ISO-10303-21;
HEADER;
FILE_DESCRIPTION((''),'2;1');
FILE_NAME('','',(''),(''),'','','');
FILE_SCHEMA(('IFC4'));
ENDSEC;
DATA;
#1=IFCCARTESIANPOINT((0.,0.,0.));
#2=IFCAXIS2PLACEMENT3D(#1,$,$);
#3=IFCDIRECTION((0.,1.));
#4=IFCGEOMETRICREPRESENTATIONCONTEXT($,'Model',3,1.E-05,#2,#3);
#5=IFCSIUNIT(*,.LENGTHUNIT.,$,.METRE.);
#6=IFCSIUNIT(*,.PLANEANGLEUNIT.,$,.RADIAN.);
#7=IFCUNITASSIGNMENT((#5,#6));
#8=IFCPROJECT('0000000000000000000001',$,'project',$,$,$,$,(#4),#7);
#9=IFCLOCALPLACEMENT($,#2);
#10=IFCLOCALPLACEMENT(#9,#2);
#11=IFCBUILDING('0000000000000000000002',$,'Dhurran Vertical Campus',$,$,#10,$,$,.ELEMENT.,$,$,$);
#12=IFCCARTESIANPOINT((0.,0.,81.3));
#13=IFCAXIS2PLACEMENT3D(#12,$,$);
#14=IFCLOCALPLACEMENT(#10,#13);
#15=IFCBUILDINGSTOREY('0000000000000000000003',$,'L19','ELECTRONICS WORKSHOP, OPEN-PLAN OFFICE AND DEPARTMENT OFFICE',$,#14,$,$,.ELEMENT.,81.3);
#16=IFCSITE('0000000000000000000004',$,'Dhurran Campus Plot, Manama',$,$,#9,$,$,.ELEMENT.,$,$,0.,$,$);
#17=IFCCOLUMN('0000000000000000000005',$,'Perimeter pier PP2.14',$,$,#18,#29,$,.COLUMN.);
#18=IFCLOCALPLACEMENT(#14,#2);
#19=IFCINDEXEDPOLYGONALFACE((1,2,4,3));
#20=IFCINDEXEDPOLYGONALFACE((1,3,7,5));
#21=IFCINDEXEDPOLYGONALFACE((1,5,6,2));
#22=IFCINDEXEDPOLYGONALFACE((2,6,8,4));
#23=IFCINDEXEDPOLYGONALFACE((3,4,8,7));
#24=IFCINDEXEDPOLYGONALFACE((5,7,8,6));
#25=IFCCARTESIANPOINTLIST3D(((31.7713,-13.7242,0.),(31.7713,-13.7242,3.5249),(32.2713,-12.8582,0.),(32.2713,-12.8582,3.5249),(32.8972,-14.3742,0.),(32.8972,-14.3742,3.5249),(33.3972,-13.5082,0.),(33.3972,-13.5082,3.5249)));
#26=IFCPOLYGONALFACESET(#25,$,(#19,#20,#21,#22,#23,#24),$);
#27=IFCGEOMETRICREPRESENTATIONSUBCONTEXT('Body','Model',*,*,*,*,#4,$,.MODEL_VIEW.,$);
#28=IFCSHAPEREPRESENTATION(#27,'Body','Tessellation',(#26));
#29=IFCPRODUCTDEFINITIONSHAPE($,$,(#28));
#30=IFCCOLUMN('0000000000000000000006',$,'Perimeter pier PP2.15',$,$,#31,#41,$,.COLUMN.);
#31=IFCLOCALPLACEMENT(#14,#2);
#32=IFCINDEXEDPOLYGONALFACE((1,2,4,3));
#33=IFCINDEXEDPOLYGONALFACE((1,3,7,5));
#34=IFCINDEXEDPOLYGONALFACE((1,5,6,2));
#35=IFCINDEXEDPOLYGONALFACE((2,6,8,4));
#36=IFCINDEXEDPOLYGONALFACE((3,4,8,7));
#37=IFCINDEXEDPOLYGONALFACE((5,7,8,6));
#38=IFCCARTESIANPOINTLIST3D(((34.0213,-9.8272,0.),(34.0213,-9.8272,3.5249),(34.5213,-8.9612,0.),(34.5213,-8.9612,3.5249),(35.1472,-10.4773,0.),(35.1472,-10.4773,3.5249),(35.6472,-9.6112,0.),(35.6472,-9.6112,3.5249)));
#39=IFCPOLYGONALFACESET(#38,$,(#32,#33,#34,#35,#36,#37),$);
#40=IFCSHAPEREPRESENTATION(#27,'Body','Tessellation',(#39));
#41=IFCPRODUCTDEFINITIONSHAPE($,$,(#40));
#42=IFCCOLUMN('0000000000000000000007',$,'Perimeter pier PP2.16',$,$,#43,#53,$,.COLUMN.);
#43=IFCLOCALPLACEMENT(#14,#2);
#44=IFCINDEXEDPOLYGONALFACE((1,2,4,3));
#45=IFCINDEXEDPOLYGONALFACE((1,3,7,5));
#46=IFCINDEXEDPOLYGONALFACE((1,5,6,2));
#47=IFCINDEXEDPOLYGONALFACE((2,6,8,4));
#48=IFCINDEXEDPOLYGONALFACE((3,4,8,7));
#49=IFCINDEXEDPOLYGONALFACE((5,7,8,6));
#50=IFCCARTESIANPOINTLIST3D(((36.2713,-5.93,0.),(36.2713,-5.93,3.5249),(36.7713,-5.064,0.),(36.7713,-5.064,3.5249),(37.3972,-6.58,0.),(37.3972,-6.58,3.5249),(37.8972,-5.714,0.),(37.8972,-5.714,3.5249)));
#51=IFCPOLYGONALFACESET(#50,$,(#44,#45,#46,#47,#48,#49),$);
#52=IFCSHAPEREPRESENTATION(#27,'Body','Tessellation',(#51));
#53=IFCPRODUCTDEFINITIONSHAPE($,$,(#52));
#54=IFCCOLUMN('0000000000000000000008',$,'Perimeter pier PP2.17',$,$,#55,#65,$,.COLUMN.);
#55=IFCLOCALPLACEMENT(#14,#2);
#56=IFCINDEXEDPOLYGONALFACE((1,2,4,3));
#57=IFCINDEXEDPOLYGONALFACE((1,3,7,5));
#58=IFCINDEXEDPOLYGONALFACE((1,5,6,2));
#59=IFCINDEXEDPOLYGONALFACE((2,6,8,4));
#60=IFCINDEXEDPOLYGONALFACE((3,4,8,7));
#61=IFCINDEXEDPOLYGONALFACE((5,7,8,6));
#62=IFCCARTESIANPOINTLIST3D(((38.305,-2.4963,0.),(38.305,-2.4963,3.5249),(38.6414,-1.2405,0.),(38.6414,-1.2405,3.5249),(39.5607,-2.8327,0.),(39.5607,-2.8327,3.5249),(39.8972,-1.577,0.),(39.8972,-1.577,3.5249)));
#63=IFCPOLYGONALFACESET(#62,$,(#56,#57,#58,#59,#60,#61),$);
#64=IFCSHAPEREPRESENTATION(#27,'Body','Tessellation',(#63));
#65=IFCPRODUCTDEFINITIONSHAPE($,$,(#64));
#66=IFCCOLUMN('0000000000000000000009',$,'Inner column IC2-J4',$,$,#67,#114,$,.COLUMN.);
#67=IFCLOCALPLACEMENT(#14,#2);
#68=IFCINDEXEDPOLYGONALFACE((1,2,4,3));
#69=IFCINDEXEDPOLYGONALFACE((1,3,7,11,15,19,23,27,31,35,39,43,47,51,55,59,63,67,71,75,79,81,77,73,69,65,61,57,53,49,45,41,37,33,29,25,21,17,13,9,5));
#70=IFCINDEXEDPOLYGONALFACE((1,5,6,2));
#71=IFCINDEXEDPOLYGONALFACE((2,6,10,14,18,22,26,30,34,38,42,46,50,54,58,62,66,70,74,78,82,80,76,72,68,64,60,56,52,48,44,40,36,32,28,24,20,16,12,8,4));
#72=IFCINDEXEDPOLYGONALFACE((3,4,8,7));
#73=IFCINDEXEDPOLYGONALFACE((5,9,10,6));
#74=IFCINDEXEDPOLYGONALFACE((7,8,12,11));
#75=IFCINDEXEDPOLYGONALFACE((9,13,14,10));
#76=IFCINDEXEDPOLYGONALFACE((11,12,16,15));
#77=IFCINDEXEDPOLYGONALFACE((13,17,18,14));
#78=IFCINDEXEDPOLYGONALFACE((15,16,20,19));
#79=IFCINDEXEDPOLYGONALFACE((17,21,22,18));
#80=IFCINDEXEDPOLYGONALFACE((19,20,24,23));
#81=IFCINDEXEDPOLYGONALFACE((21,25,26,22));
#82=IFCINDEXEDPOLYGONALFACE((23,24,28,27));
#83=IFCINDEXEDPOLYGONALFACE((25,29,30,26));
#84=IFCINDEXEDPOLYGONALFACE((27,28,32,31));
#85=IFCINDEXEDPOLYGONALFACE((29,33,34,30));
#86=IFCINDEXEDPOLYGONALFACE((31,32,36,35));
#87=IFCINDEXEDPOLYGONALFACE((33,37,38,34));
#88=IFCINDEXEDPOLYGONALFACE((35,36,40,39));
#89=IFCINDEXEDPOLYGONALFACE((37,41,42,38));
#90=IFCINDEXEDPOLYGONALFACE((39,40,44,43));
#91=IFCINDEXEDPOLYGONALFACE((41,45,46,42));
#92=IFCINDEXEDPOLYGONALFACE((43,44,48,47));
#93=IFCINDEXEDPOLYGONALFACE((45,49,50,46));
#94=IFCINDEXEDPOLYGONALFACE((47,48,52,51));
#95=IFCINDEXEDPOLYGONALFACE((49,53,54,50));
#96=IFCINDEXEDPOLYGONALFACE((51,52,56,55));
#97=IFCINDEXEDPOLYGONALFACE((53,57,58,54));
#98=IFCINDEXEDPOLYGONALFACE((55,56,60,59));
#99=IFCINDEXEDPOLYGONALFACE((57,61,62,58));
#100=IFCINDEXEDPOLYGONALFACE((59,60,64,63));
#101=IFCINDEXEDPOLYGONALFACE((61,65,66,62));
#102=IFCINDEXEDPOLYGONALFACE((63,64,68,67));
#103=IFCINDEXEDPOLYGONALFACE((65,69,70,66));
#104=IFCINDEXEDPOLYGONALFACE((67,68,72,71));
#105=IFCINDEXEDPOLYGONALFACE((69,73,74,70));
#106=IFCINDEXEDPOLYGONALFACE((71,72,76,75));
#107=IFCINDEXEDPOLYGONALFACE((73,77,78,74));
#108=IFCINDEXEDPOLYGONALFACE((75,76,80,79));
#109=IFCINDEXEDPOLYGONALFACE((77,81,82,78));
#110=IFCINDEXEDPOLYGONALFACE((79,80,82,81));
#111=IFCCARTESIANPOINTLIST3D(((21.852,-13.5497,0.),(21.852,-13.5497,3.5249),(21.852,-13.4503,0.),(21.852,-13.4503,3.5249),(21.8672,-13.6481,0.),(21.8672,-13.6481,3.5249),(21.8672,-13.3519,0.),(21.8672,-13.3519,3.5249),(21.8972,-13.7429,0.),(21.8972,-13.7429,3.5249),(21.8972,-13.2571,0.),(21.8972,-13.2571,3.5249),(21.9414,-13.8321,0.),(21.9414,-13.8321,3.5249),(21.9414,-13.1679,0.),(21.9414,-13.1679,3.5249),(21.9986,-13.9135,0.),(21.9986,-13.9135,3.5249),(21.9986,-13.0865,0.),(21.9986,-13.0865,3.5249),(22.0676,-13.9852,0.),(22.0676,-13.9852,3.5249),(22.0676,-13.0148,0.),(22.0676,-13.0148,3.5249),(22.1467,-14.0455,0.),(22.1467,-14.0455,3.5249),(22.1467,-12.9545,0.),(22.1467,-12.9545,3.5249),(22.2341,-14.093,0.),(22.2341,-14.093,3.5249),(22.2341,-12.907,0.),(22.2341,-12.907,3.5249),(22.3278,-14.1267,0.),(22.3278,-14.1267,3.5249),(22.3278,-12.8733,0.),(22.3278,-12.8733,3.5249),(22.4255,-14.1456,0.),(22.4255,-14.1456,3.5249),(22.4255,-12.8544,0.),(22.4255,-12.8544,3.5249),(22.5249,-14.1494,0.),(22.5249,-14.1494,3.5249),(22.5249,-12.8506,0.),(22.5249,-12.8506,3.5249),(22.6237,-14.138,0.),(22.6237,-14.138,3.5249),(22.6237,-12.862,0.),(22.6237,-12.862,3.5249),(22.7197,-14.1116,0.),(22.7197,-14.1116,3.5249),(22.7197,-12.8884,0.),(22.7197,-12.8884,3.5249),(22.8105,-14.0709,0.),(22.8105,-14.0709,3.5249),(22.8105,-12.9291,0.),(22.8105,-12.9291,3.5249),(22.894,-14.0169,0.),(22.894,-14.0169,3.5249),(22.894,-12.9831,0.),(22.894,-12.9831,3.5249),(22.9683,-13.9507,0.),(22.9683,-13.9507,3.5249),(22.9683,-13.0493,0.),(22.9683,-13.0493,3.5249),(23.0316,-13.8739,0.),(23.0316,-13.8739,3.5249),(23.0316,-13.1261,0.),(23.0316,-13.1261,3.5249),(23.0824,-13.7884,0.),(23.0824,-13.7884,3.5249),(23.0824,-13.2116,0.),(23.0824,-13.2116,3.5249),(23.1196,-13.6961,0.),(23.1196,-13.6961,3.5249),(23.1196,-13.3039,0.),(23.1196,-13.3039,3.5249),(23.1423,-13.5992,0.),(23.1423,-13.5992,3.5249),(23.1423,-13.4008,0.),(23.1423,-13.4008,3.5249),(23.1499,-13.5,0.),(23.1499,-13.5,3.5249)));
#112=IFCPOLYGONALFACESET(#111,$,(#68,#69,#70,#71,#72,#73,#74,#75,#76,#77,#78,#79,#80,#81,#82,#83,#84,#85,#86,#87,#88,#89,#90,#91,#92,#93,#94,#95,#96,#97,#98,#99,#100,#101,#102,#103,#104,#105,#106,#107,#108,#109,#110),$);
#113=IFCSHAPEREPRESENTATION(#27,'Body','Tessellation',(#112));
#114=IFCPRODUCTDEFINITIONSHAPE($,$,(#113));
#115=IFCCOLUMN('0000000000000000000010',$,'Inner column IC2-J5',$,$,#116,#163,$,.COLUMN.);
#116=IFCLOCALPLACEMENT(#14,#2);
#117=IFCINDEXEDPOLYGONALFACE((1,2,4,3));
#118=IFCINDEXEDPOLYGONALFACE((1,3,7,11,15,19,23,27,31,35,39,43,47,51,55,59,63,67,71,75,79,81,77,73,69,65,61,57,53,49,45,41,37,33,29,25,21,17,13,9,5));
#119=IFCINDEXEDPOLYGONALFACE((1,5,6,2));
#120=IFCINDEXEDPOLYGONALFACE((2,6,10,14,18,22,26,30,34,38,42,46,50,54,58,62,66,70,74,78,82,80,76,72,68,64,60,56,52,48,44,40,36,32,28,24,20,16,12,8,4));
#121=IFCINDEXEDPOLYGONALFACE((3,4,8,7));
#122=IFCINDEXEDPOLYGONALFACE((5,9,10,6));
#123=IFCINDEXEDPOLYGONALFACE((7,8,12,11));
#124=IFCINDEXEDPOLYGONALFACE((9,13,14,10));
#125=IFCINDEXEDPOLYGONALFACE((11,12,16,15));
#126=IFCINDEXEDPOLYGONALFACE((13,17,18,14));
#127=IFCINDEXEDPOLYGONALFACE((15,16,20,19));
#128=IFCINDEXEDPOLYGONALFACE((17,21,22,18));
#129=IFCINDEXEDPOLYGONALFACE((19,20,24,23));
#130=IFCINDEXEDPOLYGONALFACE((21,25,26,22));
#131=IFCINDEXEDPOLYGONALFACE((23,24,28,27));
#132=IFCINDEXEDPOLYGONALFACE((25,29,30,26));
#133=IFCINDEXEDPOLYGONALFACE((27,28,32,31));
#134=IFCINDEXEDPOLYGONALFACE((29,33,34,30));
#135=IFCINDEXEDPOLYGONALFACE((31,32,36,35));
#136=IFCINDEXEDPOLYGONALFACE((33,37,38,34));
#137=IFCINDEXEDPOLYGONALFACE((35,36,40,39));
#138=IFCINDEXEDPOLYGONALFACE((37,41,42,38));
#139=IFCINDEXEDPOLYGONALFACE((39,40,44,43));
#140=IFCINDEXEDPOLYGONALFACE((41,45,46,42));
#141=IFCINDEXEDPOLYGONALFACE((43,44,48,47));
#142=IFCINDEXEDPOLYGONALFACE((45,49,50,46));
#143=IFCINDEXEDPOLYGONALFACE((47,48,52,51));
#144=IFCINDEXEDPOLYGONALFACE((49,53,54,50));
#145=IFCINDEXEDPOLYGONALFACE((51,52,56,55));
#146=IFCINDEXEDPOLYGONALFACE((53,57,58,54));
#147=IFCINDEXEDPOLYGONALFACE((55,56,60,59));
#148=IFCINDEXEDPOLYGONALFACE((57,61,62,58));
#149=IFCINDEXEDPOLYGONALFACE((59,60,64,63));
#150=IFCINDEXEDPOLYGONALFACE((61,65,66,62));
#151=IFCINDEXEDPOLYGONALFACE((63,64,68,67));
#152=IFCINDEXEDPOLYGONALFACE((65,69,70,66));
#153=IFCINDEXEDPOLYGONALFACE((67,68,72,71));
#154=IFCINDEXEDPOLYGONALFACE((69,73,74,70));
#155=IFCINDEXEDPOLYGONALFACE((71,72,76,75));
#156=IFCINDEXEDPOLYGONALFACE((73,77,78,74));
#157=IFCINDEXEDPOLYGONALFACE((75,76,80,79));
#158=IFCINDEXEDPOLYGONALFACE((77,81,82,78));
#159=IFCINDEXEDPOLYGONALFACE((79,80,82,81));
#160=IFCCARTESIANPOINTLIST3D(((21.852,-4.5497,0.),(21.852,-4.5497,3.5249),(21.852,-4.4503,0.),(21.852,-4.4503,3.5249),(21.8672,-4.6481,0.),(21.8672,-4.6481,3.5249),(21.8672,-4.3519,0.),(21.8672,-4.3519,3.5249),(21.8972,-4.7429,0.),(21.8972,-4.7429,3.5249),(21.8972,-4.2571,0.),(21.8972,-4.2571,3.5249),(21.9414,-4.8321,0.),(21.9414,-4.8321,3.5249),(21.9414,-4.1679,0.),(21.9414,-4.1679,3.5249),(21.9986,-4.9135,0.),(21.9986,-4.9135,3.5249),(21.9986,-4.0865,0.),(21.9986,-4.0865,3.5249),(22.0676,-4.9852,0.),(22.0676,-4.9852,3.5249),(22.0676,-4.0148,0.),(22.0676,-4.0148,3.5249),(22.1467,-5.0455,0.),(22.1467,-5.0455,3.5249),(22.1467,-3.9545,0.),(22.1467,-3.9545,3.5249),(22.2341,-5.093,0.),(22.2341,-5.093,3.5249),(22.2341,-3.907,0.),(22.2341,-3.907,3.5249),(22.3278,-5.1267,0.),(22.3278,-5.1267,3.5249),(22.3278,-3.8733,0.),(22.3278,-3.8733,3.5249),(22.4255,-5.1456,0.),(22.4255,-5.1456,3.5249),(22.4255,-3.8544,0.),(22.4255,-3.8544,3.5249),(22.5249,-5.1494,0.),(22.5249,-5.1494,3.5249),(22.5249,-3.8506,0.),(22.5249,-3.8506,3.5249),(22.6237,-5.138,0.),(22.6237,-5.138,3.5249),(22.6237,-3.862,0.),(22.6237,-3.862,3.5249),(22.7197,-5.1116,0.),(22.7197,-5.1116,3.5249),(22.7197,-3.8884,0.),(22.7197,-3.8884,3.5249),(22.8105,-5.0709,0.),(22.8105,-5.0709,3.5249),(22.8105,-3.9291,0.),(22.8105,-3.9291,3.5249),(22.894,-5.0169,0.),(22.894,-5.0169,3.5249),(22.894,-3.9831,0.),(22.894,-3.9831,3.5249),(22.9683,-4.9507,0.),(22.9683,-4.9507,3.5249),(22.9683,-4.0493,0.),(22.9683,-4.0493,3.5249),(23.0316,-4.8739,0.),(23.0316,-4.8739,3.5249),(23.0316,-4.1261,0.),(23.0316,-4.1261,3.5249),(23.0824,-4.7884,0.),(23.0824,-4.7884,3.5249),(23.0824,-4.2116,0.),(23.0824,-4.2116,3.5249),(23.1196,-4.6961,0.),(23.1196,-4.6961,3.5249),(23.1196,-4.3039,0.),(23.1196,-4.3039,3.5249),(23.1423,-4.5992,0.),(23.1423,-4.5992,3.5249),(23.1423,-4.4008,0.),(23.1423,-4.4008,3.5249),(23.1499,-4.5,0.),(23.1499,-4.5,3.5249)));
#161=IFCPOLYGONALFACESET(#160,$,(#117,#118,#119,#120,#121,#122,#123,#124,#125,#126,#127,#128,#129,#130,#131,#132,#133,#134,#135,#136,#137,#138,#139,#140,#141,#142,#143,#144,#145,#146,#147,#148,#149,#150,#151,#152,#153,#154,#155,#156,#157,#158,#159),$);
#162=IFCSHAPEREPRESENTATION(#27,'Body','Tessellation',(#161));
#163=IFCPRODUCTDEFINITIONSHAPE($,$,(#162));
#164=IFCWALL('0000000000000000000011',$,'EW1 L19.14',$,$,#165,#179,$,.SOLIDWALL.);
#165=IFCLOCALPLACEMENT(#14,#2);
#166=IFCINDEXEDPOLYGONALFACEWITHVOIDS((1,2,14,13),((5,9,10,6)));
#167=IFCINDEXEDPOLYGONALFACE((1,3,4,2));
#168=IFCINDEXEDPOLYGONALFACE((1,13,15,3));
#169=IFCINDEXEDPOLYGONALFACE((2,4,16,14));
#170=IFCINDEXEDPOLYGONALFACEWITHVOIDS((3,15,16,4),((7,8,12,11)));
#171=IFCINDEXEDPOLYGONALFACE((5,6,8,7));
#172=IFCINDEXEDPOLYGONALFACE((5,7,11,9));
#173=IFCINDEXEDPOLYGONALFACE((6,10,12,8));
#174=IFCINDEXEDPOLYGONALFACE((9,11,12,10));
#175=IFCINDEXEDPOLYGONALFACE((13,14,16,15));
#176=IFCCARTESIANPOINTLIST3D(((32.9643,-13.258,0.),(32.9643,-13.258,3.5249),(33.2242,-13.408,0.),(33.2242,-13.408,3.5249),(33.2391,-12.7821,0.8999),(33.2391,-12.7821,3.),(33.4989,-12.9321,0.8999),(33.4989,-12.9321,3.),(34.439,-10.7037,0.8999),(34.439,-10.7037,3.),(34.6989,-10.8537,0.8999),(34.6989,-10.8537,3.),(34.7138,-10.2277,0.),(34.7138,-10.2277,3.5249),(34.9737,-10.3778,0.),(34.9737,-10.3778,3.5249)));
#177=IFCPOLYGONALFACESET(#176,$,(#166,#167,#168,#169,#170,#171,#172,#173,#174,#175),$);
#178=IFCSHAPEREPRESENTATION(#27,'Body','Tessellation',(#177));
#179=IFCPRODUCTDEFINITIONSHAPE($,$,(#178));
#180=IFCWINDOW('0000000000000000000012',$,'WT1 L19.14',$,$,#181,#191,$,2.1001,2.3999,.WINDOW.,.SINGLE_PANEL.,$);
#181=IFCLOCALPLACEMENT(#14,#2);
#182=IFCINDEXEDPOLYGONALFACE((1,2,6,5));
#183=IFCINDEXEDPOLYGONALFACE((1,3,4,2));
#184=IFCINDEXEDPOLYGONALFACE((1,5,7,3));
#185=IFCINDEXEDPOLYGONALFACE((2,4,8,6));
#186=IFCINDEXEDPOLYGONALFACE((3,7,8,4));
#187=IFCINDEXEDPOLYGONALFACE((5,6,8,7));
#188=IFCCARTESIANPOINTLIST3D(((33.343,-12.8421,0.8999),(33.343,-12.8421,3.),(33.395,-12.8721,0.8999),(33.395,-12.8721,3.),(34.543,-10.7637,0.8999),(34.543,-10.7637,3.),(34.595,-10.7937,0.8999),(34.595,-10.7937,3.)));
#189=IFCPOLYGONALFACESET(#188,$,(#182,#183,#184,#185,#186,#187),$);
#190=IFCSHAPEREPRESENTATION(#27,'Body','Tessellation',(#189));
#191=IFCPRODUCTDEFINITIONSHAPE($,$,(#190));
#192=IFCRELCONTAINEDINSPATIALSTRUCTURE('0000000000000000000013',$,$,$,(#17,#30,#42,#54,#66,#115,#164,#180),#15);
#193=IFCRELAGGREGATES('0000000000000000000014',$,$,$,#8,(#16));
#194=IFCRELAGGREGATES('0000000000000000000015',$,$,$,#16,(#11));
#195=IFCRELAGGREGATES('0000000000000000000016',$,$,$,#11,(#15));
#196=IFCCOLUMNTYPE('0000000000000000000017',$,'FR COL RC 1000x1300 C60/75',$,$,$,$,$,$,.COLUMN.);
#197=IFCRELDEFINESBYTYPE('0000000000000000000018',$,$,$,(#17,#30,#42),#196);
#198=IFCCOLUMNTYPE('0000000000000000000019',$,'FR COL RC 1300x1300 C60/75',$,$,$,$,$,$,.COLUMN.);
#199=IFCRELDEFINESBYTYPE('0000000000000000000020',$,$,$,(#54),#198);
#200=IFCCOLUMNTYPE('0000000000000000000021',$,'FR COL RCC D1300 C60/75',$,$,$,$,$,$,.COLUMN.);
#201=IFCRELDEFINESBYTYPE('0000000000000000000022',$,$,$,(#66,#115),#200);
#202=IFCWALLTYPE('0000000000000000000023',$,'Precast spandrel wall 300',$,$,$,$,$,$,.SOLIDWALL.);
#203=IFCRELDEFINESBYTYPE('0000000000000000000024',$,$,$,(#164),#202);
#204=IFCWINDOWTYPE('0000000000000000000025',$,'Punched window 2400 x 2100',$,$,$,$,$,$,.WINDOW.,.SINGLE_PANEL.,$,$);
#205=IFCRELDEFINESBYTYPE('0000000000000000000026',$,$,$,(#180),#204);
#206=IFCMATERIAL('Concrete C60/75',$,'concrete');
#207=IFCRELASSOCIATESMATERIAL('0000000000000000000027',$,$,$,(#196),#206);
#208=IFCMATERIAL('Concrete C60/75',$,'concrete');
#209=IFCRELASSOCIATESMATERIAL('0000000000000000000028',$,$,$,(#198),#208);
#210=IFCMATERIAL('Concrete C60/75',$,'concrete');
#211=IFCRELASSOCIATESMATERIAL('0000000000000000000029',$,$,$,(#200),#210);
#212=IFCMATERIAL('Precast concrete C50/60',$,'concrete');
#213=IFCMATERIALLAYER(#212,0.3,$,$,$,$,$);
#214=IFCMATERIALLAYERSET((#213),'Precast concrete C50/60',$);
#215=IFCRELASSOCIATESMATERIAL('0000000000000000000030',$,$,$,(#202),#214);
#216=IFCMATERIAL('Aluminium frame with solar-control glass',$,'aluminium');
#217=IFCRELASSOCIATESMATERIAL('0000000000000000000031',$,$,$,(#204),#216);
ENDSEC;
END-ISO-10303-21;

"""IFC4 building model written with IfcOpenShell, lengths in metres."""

from ifc_helpers import new_model, si_unit, direction, frame, frame_2d, origin, origin_2d, place, context, subcontext, project, spatial, rectangle, circle, extrude, material, layer, layer_set, material_profile, profile_set, type_object, element, fill, save


model = new_model("IFC4")

# Units and contexts
model_context = context("Model", 3, precision=1e-05, world=origin(), true_north=direction((0.0, 1.0)))
body_context = subcontext(model_context, "Body", "Model", "MODEL_VIEW")
ifc_project = project(units=[si_unit("LENGTHUNIT", "METRE"), si_unit("PLANEANGLEUNIT", "RADIAN")], contexts=[model_context])

# Site, building, storey
site_placement = place(None, origin())
site = spatial("IfcSite", under=ifc_project, at=site_placement, Name="Dhurran Campus Plot, Manama", CompositionType="ELEMENT", RefElevation=0.0)
building_placement = place(site_placement, origin())
building = spatial("IfcBuilding", under=site, at=building_placement, Name="Dhurran Vertical Campus", CompositionType="ELEMENT")
storey_placement = place(building_placement, frame((0.0, 0.0, 81.3)))
storey = spatial("IfcBuildingStorey", under=building, at=storey_placement, Name="L19", Description="ELECTRONICS WORKSHOP, OPEN-PLAN OFFICE AND DEPARTMENT OFFICE", CompositionType="ELEMENT", Elevation=81.3)

# Columns
ifc_material_1 = material(Name="Concrete C60/75", Category="concrete")
ifc_material_profile_1 = material_profile(ifc_material_1, rectangle(XDim=1.0, YDim=1.3, at=origin_2d()), Name="RC 1000x1300")
ifc_profile_set_1 = profile_set([ifc_material_profile_1], Name="Concrete C60/75")
column_type_1 = type_object("IfcColumnType", Name="FR COL RC 1000x1300 C60/75", PredefinedType="COLUMN", material=ifc_profile_set_1)
for number, where, z_axis, x_axis, name in (
    (1, (32.5842, -13.6162, 0.0), (0.0, 0.0, 1.0), (0.5, 0.866025, 0.0), "Perimeter pier PP2.14"),
    (2, (34.8342, -9.7192, 0.0), (0.0, 0.0, 1.0), (0.5, 0.866025, 0.0), "Perimeter pier PP2.15"),
    (3, (37.0842, -5.822, 0.0), (0.0, 0.0, 1.0), (0.5, 0.866025, 0.0), "Perimeter pier PP2.16"),
):
    element("IfcColumn", number, at=place(storey_placement, frame(where, z_axis=z_axis, x_axis=x_axis)), inside=storey, type_object=column_type_1, Name=name, PredefinedType="COLUMN", context=body_context, shape_type="SweptSolid", body=[
        extrude(rectangle(XDim=1.0, YDim=1.3, at=origin_2d()), origin(), (0.0, 0.0, 1.0), 3.5249),
    ])
ifc_material_2 = material(Name="Concrete C60/75", Category="concrete")
ifc_material_profile_2 = material_profile(ifc_material_2, rectangle(XDim=1.3, YDim=1.3, at=origin_2d()), Name="RC 1300x1300")
ifc_profile_set_2 = profile_set([ifc_material_profile_2], Name="Concrete C60/75")
column_type_2 = type_object("IfcColumnType", Name="FR COL RC 1300x1300 C60/75", PredefinedType="COLUMN", material=ifc_profile_set_2)
column_placement = place(storey_placement, frame((39.1011, -2.0366, 0.0), z_axis=(0.0, 0.0, 1.0), x_axis=(0.258819, 0.965926, 0.0)))
element("IfcColumn", 4, at=column_placement, inside=storey, type_object=column_type_2, Name="Perimeter pier PP2.17", PredefinedType="COLUMN", context=body_context, shape_type="SweptSolid", body=[
    extrude(rectangle(XDim=1.3, YDim=1.3, at=origin_2d()), origin(), (0.0, 0.0, 1.0), 3.5249),
])
ifc_material_3 = material(Name="Concrete C60/75", Category="concrete")
ifc_material_profile_3 = material_profile(ifc_material_3, circle(Radius=0.6499, at=origin_2d()), Name="RCC D1300")
ifc_profile_set_3 = profile_set([ifc_material_profile_3], Name="Concrete C60/75")
column_type_3 = type_object("IfcColumnType", Name="FR COL RCC D1300 C60/75", PredefinedType="COLUMN", material=ifc_profile_set_3)
for number, where, z_axis, x_axis, name in (
    (5, (22.5, -13.5, 0.0), (0.0, 0.0, 1.0), (1.0, 0.0, 0.0), "Inner column IC2-J4"),
    (6, (22.5, -4.5, 0.0), (0.0, 0.0, 1.0), (1.0, 0.0, 0.0), "Inner column IC2-J5"),
):
    element("IfcColumn", number, at=place(storey_placement, frame(where, z_axis=z_axis, x_axis=x_axis)), inside=storey, type_object=column_type_3, Name=name, PredefinedType="COLUMN", context=body_context, shape_type="SweptSolid", body=[
        extrude(circle(Radius=0.6499, at=origin_2d()), origin(), (0.0, 0.0, 1.0), 3.5249),
    ])

# Wall, opening, window
ifc_material_4 = material(Name="Precast concrete C50/60", Category="concrete")
ifc_layer_1 = layer(ifc_material_4, 0.3)
ifc_layer_set_1 = layer_set([ifc_layer_1], Name="Precast concrete C50/60")
wall_type_1 = type_object("IfcWallType", Name="Precast spandrel wall 300", PredefinedType="SOLIDWALL", material=ifc_layer_set_1)
wall_1_placement = place(storey_placement, frame((33.0942, -13.333, 0.0), z_axis=(0.0, 0.0, 1.0), x_axis=(0.499996, 0.866028, 0.0)))
wall_1 = element("IfcWall", 7, at=wall_1_placement, inside=storey, type_object=wall_type_1, Name="EW1 L19.14", PredefinedType="SOLIDWALL", context=body_context, shape_type="SweptSolid", body=[
    extrude(rectangle(XDim=3.499, YDim=0.3, at=frame_2d((1.7495, 0.0))), origin(), (0.0, 0.0, 1.0), 3.5249),
])
opening_1_placement = place(wall_1_placement, frame((0.5496, 0.0, 0.8999)))
opening_1 = element("IfcOpeningElement", 8, at=opening_1_placement, cuts=wall_1, PredefinedType="OPENING", context=body_context, shape_type="SweptSolid", body=[
    extrude(rectangle(XDim=2.3999, YDim=2.1001, at=frame_2d((1.2, 1.05))), frame((0.0, 0.1599, 0.0), z_axis=(0.0, -1.0, 0.0), x_axis=(1.0, 0.0, 0.0)), (0.0, 0.0, 1.0), 0.3201),
])
ifc_material_5 = material(Name="Aluminium frame with solar-control glass", Category="aluminium")
window_type = type_object("IfcWindowType", Name="Punched window 2400 x 2100", PartitioningType="SINGLE_PANEL", PredefinedType="WINDOW", material=ifc_material_5)
window_1_placement = place(opening_1_placement, origin())
window_1 = element("IfcWindow", 9, at=window_1_placement, inside=storey, type_object=window_type, Name="WT1 L19.14", OverallHeight=2.1001, OverallWidth=2.3999, PartitioningType="SINGLE_PANEL", PredefinedType="WINDOW", context=body_context, shape_type="SweptSolid", body=[
    extrude(rectangle(XDim=2.3999, YDim=2.1001, at=frame_2d((1.2, 1.05))), frame((0.0, 0.03, 0.0), z_axis=(0.0, -1.0, 0.0), x_axis=(1.0, 0.0, 0.0)), (0.0, 0.0, 1.0), 0.0601),
])
fill(opening_1, window_1)

save(model, "model.ifc")
